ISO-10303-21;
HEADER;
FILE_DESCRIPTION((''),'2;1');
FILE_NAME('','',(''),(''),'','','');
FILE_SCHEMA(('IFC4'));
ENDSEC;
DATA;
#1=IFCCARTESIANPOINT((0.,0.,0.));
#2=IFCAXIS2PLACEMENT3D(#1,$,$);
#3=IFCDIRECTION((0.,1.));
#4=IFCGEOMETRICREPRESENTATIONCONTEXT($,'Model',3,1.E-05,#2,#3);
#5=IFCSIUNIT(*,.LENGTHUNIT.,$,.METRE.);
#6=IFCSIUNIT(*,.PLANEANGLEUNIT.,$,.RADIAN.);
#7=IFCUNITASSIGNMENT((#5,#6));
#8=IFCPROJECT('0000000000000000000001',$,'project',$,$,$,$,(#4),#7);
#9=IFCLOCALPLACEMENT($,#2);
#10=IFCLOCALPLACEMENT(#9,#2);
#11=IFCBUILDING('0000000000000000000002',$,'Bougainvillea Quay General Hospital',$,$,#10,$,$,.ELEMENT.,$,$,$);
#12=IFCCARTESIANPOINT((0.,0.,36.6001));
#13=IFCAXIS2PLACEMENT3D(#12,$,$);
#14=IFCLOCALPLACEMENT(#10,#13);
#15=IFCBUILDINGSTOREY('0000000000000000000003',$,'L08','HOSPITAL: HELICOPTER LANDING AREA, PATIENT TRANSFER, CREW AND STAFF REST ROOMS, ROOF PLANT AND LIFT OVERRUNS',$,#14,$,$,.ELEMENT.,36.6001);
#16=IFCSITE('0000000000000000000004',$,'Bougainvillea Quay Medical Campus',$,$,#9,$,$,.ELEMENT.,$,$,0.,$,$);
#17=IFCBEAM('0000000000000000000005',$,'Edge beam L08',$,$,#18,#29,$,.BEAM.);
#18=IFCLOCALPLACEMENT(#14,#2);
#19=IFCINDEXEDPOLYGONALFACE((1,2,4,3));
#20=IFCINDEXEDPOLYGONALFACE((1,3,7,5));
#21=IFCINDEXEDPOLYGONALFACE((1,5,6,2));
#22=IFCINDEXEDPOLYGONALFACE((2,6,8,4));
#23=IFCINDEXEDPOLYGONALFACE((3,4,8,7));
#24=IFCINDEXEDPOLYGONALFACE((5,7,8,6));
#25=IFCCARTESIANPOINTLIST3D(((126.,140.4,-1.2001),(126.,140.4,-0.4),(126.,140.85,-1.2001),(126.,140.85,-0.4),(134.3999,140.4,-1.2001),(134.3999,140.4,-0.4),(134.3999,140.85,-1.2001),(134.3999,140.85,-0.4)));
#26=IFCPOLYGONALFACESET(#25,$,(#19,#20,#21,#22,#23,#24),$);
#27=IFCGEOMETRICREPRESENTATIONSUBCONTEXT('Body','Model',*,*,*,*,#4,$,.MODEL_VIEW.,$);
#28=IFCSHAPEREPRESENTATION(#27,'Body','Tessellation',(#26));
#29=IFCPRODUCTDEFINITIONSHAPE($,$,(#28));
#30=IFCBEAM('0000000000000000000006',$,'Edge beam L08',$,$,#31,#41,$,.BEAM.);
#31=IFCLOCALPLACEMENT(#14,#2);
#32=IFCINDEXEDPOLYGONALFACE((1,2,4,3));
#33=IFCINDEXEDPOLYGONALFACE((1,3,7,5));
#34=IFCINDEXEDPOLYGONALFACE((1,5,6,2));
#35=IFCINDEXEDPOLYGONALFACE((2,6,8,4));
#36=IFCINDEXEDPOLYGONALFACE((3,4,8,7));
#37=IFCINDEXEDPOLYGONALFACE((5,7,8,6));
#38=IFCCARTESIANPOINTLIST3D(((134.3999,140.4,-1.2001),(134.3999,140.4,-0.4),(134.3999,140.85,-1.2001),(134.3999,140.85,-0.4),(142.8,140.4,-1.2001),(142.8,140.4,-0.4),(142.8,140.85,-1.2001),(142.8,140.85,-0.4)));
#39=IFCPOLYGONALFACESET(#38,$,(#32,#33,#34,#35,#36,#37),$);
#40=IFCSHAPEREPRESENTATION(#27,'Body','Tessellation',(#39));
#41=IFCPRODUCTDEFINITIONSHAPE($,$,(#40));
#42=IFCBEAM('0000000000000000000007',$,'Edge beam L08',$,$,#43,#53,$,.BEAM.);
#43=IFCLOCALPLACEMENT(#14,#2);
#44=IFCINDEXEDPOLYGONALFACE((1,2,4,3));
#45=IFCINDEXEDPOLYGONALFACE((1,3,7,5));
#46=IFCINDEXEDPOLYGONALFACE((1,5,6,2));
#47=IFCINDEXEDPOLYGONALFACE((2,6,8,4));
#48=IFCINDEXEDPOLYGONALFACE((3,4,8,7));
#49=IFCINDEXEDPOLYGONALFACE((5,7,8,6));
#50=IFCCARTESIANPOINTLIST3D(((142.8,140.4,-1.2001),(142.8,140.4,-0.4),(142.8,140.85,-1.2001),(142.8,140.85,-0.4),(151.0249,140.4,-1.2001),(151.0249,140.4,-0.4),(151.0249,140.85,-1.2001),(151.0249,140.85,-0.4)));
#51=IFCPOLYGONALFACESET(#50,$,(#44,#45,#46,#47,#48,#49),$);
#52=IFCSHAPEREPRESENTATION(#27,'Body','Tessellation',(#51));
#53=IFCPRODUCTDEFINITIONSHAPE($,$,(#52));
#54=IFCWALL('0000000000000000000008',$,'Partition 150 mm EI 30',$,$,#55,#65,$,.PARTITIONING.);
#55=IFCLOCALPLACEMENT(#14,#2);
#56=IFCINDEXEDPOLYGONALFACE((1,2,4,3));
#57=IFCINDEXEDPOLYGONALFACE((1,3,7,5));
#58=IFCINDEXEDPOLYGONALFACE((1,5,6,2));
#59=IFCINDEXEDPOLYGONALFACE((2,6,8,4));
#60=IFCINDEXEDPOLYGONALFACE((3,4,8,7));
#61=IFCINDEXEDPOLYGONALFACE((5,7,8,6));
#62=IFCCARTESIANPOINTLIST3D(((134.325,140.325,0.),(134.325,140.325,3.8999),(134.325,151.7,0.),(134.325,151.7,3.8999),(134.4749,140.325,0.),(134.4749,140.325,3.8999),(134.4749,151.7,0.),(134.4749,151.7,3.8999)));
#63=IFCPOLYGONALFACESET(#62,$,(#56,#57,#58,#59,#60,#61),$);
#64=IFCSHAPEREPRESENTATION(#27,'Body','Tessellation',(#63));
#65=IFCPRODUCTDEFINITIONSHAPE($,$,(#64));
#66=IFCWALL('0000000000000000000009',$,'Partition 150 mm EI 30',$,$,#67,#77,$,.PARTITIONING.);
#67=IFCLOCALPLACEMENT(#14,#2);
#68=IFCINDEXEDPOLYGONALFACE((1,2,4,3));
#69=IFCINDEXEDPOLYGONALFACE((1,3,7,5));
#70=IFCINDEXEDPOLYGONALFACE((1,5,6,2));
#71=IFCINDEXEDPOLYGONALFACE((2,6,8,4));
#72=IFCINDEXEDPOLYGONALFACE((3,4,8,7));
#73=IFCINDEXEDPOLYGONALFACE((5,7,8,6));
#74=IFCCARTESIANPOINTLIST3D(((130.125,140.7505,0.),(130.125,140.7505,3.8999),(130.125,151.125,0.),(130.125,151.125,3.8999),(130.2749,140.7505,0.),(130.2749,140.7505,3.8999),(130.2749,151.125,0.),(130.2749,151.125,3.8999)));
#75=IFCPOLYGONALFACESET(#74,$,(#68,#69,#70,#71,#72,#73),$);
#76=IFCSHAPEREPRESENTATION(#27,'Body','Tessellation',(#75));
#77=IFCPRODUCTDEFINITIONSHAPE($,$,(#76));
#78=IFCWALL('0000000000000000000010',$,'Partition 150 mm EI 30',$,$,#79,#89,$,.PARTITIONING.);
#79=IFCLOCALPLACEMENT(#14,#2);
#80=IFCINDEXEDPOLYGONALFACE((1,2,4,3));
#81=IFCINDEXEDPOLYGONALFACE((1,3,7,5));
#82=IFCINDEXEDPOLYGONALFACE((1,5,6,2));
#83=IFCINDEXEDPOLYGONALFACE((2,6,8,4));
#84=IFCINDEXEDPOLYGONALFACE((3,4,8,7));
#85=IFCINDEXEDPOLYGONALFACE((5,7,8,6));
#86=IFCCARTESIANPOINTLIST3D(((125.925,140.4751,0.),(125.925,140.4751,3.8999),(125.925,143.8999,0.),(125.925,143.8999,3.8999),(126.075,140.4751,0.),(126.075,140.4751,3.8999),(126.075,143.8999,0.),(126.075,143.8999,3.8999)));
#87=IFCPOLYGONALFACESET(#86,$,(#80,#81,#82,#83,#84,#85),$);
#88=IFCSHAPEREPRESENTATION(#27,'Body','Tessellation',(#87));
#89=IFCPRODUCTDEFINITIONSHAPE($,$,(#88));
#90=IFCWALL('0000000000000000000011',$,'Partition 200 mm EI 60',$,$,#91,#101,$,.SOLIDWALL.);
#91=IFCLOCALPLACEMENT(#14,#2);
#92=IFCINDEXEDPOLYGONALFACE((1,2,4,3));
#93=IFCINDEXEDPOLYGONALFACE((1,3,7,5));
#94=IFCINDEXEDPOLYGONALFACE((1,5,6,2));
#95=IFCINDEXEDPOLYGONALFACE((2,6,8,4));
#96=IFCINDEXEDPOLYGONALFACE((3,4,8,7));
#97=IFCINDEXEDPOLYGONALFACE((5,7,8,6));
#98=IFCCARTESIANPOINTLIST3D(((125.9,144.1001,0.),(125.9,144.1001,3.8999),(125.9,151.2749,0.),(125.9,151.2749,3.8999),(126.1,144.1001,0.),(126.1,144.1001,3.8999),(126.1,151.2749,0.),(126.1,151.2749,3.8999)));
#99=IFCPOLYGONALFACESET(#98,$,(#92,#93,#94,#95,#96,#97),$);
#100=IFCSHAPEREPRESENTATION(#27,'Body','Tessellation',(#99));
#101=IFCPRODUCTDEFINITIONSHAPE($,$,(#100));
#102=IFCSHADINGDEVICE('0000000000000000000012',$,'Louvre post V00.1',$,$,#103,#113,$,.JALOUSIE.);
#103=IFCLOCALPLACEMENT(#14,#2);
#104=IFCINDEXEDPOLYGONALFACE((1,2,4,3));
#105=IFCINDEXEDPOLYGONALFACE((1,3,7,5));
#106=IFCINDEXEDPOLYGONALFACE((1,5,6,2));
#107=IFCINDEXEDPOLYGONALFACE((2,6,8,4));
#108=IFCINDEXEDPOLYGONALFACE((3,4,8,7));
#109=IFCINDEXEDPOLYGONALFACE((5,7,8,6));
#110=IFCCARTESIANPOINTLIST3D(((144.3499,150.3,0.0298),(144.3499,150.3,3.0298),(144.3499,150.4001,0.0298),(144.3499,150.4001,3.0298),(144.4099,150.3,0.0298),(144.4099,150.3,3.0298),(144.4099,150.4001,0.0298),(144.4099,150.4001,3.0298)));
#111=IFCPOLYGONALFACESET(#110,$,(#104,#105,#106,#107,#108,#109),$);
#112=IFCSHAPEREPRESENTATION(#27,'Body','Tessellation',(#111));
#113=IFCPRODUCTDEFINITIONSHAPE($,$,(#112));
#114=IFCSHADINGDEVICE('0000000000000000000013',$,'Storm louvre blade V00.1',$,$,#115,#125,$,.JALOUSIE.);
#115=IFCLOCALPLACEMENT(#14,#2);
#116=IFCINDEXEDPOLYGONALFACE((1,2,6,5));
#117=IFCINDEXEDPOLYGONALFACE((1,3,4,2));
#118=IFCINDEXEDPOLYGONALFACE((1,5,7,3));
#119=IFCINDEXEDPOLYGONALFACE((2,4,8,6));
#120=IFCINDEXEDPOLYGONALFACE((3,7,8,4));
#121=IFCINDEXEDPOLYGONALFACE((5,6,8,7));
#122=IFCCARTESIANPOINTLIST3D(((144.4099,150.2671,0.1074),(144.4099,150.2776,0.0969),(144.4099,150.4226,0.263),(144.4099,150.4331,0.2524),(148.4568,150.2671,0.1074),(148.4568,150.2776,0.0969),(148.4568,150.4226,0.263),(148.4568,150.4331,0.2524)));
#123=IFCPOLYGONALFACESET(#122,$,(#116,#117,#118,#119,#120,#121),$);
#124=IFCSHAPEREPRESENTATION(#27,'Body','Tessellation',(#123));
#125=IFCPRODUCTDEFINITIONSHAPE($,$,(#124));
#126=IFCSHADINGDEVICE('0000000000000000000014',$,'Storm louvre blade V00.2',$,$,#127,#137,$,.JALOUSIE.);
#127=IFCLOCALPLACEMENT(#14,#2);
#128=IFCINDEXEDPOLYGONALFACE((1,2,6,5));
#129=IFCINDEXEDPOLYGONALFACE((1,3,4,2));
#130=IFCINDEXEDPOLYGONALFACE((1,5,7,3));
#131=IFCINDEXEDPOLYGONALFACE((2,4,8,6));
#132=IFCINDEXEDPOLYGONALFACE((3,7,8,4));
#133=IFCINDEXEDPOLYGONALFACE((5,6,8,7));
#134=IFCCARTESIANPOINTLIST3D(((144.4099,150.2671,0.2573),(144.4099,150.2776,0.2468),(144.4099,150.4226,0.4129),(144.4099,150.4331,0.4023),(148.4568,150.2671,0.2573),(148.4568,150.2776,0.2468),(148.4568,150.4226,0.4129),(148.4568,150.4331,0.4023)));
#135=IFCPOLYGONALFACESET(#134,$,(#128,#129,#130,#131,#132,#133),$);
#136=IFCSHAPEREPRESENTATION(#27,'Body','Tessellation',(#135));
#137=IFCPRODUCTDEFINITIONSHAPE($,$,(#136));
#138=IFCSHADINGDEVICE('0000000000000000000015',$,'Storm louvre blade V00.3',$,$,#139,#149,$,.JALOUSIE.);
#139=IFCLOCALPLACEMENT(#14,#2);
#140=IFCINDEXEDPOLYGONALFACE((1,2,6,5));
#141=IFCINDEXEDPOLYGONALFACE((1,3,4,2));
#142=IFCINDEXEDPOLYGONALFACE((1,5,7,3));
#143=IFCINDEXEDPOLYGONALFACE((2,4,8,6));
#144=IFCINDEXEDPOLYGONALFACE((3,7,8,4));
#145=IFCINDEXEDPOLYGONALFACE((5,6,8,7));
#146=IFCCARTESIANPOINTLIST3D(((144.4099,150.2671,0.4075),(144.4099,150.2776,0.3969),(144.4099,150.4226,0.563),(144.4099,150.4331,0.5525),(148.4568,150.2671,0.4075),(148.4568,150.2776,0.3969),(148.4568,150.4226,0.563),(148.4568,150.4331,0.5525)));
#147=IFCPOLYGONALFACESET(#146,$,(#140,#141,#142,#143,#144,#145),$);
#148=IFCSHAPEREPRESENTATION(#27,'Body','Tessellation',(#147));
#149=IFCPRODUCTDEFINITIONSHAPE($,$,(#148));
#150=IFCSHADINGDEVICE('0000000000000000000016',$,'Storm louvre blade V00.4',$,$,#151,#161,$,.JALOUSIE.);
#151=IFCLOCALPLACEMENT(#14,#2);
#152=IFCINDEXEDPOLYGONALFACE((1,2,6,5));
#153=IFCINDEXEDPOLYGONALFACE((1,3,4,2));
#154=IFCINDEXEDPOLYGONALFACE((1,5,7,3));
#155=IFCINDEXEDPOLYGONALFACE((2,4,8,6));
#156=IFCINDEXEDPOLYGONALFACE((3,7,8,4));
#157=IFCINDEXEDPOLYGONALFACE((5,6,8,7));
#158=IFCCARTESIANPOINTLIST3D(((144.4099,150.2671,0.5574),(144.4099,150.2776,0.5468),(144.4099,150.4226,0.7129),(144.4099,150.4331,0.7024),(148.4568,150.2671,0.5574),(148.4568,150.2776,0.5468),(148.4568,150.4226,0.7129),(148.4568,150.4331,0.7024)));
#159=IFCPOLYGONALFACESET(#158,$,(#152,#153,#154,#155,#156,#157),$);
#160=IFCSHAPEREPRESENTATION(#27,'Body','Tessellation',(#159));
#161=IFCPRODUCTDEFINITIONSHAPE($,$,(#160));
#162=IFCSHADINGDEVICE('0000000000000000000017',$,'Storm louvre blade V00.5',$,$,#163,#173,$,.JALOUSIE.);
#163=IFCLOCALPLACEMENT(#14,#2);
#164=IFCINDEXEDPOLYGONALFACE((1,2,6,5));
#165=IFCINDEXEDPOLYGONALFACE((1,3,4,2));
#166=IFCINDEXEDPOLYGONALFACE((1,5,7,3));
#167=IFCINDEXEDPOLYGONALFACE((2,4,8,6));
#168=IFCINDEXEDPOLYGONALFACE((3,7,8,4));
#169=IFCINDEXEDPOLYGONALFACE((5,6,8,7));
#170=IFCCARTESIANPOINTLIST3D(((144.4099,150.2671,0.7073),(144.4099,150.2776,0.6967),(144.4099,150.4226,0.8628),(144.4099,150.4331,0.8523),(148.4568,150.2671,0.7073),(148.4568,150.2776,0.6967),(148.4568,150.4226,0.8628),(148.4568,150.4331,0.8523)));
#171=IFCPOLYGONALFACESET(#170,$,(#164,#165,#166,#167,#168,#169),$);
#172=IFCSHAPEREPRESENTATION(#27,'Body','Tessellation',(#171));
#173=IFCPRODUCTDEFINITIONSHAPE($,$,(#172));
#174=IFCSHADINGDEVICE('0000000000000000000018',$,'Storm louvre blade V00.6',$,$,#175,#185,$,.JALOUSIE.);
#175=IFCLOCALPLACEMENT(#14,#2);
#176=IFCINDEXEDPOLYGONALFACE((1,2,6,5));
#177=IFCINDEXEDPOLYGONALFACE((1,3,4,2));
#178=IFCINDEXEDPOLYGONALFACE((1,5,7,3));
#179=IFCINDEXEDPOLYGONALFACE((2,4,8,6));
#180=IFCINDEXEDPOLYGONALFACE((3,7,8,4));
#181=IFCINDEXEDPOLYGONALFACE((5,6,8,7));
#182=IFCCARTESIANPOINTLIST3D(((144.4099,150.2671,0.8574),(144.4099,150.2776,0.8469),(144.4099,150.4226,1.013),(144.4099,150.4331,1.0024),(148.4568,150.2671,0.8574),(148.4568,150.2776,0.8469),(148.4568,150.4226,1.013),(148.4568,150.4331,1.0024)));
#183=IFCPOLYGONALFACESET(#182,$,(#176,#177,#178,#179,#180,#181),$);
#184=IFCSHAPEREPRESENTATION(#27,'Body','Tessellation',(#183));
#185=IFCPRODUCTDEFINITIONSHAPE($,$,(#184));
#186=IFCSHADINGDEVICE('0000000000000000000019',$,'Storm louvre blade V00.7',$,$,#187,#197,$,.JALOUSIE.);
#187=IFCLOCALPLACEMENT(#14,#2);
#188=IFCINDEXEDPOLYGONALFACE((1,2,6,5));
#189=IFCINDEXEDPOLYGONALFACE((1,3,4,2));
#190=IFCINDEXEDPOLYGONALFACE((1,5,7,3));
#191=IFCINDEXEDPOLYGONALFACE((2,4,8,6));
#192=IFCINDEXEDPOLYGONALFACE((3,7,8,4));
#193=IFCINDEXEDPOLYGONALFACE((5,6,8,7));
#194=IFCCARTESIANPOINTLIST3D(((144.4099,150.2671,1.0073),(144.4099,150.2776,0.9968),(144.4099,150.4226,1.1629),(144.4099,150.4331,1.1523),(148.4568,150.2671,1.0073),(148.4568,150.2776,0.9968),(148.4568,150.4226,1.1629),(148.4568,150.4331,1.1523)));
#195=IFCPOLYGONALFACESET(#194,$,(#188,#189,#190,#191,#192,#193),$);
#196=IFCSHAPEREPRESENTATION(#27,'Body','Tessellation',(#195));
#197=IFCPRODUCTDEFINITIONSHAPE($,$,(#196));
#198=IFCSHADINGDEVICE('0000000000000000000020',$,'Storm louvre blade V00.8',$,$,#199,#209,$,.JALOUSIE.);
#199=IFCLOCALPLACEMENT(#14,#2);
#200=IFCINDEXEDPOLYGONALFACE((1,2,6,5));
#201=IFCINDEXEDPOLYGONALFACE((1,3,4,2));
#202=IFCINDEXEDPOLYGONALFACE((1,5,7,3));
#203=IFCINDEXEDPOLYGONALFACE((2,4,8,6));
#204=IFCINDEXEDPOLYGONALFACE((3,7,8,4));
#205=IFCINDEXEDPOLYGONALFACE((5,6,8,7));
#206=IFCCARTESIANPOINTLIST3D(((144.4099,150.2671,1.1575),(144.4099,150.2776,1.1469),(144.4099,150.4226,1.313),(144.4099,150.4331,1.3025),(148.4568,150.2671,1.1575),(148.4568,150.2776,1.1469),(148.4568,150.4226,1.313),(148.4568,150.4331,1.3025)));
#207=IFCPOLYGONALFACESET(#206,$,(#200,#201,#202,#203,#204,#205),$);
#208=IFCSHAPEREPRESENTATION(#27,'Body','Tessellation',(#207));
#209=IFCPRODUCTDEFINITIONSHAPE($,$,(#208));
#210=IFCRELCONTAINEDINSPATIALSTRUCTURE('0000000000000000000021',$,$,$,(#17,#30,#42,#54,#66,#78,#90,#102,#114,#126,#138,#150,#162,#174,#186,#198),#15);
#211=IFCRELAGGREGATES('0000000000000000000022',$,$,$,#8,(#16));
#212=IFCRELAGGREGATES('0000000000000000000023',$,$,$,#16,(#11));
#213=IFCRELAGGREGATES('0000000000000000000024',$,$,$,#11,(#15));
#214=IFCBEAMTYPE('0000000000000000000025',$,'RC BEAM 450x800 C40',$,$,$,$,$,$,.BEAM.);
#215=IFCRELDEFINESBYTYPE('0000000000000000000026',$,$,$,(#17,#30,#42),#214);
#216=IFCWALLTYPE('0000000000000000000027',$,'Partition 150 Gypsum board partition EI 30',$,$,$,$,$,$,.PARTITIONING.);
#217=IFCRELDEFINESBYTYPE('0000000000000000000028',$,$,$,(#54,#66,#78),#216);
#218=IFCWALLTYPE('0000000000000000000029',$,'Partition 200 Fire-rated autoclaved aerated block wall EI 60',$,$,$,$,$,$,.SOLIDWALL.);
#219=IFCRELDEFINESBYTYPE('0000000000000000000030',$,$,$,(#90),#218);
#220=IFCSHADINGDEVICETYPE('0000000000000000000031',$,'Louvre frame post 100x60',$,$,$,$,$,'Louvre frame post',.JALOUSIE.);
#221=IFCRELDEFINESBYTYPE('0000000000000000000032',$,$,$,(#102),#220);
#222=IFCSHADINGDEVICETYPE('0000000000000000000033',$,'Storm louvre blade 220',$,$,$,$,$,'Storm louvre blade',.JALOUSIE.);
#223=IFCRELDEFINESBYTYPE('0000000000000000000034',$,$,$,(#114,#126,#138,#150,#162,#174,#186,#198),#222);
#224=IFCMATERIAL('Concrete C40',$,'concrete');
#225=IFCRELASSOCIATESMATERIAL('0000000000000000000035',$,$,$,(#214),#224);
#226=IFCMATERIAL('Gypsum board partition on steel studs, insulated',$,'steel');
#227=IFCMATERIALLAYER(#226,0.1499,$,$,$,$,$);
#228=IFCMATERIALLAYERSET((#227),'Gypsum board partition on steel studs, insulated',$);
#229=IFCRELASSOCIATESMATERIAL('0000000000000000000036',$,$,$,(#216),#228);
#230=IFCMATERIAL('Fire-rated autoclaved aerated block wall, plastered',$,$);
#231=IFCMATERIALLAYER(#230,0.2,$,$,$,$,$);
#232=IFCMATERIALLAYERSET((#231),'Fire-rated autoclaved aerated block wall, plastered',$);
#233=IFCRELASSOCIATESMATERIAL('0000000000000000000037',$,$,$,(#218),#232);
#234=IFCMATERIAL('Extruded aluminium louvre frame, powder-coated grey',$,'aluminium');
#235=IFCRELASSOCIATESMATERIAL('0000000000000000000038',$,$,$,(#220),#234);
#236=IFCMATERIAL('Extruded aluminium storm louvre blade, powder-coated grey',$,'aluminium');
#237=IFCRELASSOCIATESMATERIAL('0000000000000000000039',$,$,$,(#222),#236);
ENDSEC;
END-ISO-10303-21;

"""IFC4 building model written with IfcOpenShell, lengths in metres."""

from ifc_helpers import new_model, si_unit, direction, frame, frame_2d, origin, origin_2d, place, context, subcontext, project, spatial, rectangle, extrude, material, layer, layer_set, material_profile, profile_set, type_object, element, save


model = new_model("IFC4")

# Units and contexts
model_context = context("Model", 3, precision=1e-05, world=origin(), true_north=direction((0.0, 1.0)))
body_context = subcontext(model_context, "Body", "Model", "MODEL_VIEW")
ifc_project = project(units=[si_unit("LENGTHUNIT", "METRE"), si_unit("PLANEANGLEUNIT", "RADIAN")], contexts=[model_context])

# Site, building, storey
site_placement = place(None, origin())
site = spatial("IfcSite", under=ifc_project, at=site_placement, Name="Bougainvillea Quay Medical Campus", CompositionType="ELEMENT", RefElevation=0.0)
building_placement = place(site_placement, origin())
building = spatial("IfcBuilding", under=site, at=building_placement, Name="Bougainvillea Quay General Hospital", CompositionType="ELEMENT")
storey_placement = place(building_placement, frame((0.0, 0.0, 36.6001)))
storey = spatial("IfcBuildingStorey", under=building, at=storey_placement, Name="L08", Description="HOSPITAL: HELICOPTER LANDING AREA, PATIENT TRANSFER, CREW AND STAFF REST ROOMS, ROOF PLANT AND LIFT OVERRUNS", CompositionType="ELEMENT", Elevation=36.6001)

# Beams
ifc_material_1 = material(Name="Concrete C40", Category="concrete")
ifc_material_profile_1 = material_profile(ifc_material_1, rectangle(XDim=0.45, YDim=0.8, at=origin_2d()))
ifc_profile_set_1 = profile_set([ifc_material_profile_1], Name="Concrete C40")
beam_type = type_object("IfcBeamType", Name="RC BEAM 450x800 C40", PredefinedType="BEAM", material=ifc_profile_set_1)
beam_1_placement = place(storey_placement, frame((126.0, 140.625, -0.8), z_axis=(1.0, 0.0, 0.0), x_axis=(0.0, 1.0, 0.0)))
element("IfcBeam", 1, at=beam_1_placement, inside=storey, type_object=beam_type, Name="Edge beam L08", PredefinedType="BEAM", context=body_context, shape_type="SweptSolid", body=[
    extrude(rectangle(XDim=0.45, YDim=0.8, at=origin_2d()), origin(), (0.0, 0.0, 1.0), 8.3999),
])
beam_2_placement = place(storey_placement, frame((134.3999, 140.625, -0.8), z_axis=(1.0, 0.0, 0.0), x_axis=(0.0, 1.0, 0.0)))
element("IfcBeam", 2, at=beam_2_placement, inside=storey, type_object=beam_type, Name="Edge beam L08", PredefinedType="BEAM", context=body_context, shape_type="SweptSolid", body=[
    extrude(rectangle(XDim=0.45, YDim=0.8, at=origin_2d()), origin(), (0.0, 0.0, 1.0), 8.4001),
])
beam_3_placement = place(storey_placement, frame((142.8, 140.625, -0.8), z_axis=(1.0, 0.0, 0.0), x_axis=(0.0, 1.0, 0.0)))
element("IfcBeam", 3, at=beam_3_placement, inside=storey, type_object=beam_type, Name="Edge beam L08", PredefinedType="BEAM", context=body_context, shape_type="SweptSolid", body=[
    extrude(rectangle(XDim=0.45, YDim=0.8, at=origin_2d()), origin(), (0.0, 0.0, 1.0), 8.2249),
])

# Walls
ifc_material_2 = material(Name="Gypsum board partition on steel studs, insulated", Category="steel")
ifc_layer_1 = layer(ifc_material_2, 0.1499)
ifc_layer_set_1 = layer_set([ifc_layer_1], Name="Gypsum board partition on steel studs, insulated")
wall_type_1 = type_object("IfcWallType", Name="Partition 150 Gypsum board partition EI 30", PredefinedType="PARTITIONING", material=ifc_layer_set_1)
wall_1_placement = place(storey_placement, frame((134.3999, 140.325, 0.0), z_axis=(0.0, 0.0, 1.0), x_axis=(0.0, 1.0, 0.0)))
element("IfcWall", 4, at=wall_1_placement, inside=storey, type_object=wall_type_1, Name="Partition 150 mm EI 30", PredefinedType="PARTITIONING", context=body_context, shape_type="SweptSolid", body=[
    extrude(rectangle(XDim=11.375, YDim=0.1499, at=frame_2d((5.6875, 0.0))), origin(), (0.0, 0.0, 1.0), 3.8999),
])
wall_2_placement = place(storey_placement, frame((130.2, 140.7505, 0.0), z_axis=(0.0, 0.0, 1.0), x_axis=(0.0, 1.0, 0.0)))
element("IfcWall", 5, at=wall_2_placement, inside=storey, type_object=wall_type_1, Name="Partition 150 mm EI 30", PredefinedType="PARTITIONING", context=body_context, shape_type="SweptSolid", body=[
    extrude(rectangle(XDim=10.3745, YDim=0.1499, at=frame_2d((5.1873, 0.0))), origin(), (0.0, 0.0, 1.0), 3.8999),
])
wall_3_placement = place(storey_placement, frame((126.0, 140.4751, 0.0), z_axis=(0.0, 0.0, 1.0), x_axis=(0.0, 1.0, 0.0)))
element("IfcWall", 6, at=wall_3_placement, inside=storey, type_object=wall_type_1, Name="Partition 150 mm EI 30", PredefinedType="PARTITIONING", context=body_context, shape_type="SweptSolid", body=[
    extrude(rectangle(XDim=3.4248, YDim=0.1499, at=frame_2d((1.7124, 0.0))), origin(), (0.0, 0.0, 1.0), 3.8999),
])
ifc_material_3 = material(Name="Fire-rated autoclaved aerated block wall, plastered")
ifc_layer_2 = layer(ifc_material_3, 0.2)
ifc_layer_set_2 = layer_set([ifc_layer_2], Name="Fire-rated autoclaved aerated block wall, plastered")
wall_type_2 = type_object("IfcWallType", Name="Partition 200 Fire-rated autoclaved aerated block wall EI 60", PredefinedType="SOLIDWALL", material=ifc_layer_set_2)
wall_4_placement = place(storey_placement, frame((126.0, 144.1001, 0.0), z_axis=(0.0, 0.0, 1.0), x_axis=(0.0, 1.0, 0.0)))
element("IfcWall", 7, at=wall_4_placement, inside=storey, type_object=wall_type_2, Name="Partition 200 mm EI 60", PredefinedType="SOLIDWALL", context=body_context, shape_type="SweptSolid", body=[
    extrude(rectangle(XDim=7.1748, YDim=0.2, at=frame_2d((3.5874, 0.0))), origin(), (0.0, 0.0, 1.0), 3.8999),
])

# Shading devices
ifc_material_4 = material(Name="Extruded aluminium louvre frame, powder-coated grey", Category="aluminium")
ifc_material_profile_2 = material_profile(ifc_material_4, rectangle(XDim=0.1001, YDim=0.0601, at=origin_2d()))
ifc_profile_set_2 = profile_set([ifc_material_profile_2], Name="Extruded aluminium louvre frame, powder-coated grey")
shading_device_type_1 = type_object("IfcShadingDeviceType", Name="Louvre frame post 100x60", ElementType="Louvre frame post", PredefinedType="JALOUSIE", material=ifc_profile_set_2)
shading_device_placement = place(storey_placement, frame((144.3799, 150.3501, 0.0298), z_axis=(0.0, 0.0, 1.0), x_axis=(0.0, 1.0, 0.0)))
element("IfcShadingDevice", 8, at=shading_device_placement, inside=storey, type_object=shading_device_type_1, Name="Louvre post V00.1", PredefinedType="JALOUSIE", context=body_context, shape_type="SweptSolid", body=[
    extrude(rectangle(XDim=0.1001, YDim=0.0601, at=origin_2d()), origin(), (0.0, 0.0, 1.0), 3.0),
])
ifc_material_5 = material(Name="Extruded aluminium storm louvre blade, powder-coated grey", Category="aluminium")
ifc_material_profile_3 = material_profile(ifc_material_5, rectangle(XDim=0.22, YDim=0.0149, at=origin_2d()))
ifc_profile_set_3 = profile_set([ifc_material_profile_3], Name="Extruded aluminium storm louvre blade, powder-coated grey")
shading_device_type_2 = type_object("IfcShadingDeviceType", Name="Storm louvre blade 220", ElementType="Storm louvre blade", PredefinedType="JALOUSIE", material=ifc_profile_set_3)
for number, where, z_axis, x_axis, name in (
    (9, (144.4099, 150.3501, 0.1799), (1.0, 0.0, 0.0), (0.0, 0.707107, 0.707107), "Storm louvre blade V00.1"),
    (10, (144.4099, 150.3501, 0.3298), (1.0, 0.0, 0.0), (0.0, 0.707107, 0.707107), "Storm louvre blade V00.2"),
    (11, (144.4099, 150.3501, 0.48), (1.0, 0.0, 0.0), (0.0, 0.707107, 0.707107), "Storm louvre blade V00.3"),
    (12, (144.4099, 150.3501, 0.6299), (1.0, 0.0, 0.0), (0.0, 0.707107, 0.707107), "Storm louvre blade V00.4"),
    (13, (144.4099, 150.3501, 0.7798), (1.0, 0.0, 0.0), (0.0, 0.707107, 0.707107), "Storm louvre blade V00.5"),
    (14, (144.4099, 150.3501, 0.9299), (1.0, 0.0, 0.0), (0.0, 0.707107, 0.707107), "Storm louvre blade V00.6"),
    (15, (144.4099, 150.3501, 1.0798), (1.0, 0.0, 0.0), (0.0, 0.707107, 0.707107), "Storm louvre blade V00.7"),
    (16, (144.4099, 150.3501, 1.23), (1.0, 0.0, 0.0), (0.0, 0.707107, 0.707107), "Storm louvre blade V00.8"),
):
    element("IfcShadingDevice", number, at=place(storey_placement, frame(where, z_axis=z_axis, x_axis=x_axis)), inside=storey, type_object=shading_device_type_2, Name=name, PredefinedType="JALOUSIE", context=body_context, shape_type="SweptSolid", body=[
        extrude(rectangle(XDim=0.22, YDim=0.0149, at=origin_2d()), origin(), (0.0, 0.0, 1.0), 4.0469),
    ])

save(model, "model.ifc")
